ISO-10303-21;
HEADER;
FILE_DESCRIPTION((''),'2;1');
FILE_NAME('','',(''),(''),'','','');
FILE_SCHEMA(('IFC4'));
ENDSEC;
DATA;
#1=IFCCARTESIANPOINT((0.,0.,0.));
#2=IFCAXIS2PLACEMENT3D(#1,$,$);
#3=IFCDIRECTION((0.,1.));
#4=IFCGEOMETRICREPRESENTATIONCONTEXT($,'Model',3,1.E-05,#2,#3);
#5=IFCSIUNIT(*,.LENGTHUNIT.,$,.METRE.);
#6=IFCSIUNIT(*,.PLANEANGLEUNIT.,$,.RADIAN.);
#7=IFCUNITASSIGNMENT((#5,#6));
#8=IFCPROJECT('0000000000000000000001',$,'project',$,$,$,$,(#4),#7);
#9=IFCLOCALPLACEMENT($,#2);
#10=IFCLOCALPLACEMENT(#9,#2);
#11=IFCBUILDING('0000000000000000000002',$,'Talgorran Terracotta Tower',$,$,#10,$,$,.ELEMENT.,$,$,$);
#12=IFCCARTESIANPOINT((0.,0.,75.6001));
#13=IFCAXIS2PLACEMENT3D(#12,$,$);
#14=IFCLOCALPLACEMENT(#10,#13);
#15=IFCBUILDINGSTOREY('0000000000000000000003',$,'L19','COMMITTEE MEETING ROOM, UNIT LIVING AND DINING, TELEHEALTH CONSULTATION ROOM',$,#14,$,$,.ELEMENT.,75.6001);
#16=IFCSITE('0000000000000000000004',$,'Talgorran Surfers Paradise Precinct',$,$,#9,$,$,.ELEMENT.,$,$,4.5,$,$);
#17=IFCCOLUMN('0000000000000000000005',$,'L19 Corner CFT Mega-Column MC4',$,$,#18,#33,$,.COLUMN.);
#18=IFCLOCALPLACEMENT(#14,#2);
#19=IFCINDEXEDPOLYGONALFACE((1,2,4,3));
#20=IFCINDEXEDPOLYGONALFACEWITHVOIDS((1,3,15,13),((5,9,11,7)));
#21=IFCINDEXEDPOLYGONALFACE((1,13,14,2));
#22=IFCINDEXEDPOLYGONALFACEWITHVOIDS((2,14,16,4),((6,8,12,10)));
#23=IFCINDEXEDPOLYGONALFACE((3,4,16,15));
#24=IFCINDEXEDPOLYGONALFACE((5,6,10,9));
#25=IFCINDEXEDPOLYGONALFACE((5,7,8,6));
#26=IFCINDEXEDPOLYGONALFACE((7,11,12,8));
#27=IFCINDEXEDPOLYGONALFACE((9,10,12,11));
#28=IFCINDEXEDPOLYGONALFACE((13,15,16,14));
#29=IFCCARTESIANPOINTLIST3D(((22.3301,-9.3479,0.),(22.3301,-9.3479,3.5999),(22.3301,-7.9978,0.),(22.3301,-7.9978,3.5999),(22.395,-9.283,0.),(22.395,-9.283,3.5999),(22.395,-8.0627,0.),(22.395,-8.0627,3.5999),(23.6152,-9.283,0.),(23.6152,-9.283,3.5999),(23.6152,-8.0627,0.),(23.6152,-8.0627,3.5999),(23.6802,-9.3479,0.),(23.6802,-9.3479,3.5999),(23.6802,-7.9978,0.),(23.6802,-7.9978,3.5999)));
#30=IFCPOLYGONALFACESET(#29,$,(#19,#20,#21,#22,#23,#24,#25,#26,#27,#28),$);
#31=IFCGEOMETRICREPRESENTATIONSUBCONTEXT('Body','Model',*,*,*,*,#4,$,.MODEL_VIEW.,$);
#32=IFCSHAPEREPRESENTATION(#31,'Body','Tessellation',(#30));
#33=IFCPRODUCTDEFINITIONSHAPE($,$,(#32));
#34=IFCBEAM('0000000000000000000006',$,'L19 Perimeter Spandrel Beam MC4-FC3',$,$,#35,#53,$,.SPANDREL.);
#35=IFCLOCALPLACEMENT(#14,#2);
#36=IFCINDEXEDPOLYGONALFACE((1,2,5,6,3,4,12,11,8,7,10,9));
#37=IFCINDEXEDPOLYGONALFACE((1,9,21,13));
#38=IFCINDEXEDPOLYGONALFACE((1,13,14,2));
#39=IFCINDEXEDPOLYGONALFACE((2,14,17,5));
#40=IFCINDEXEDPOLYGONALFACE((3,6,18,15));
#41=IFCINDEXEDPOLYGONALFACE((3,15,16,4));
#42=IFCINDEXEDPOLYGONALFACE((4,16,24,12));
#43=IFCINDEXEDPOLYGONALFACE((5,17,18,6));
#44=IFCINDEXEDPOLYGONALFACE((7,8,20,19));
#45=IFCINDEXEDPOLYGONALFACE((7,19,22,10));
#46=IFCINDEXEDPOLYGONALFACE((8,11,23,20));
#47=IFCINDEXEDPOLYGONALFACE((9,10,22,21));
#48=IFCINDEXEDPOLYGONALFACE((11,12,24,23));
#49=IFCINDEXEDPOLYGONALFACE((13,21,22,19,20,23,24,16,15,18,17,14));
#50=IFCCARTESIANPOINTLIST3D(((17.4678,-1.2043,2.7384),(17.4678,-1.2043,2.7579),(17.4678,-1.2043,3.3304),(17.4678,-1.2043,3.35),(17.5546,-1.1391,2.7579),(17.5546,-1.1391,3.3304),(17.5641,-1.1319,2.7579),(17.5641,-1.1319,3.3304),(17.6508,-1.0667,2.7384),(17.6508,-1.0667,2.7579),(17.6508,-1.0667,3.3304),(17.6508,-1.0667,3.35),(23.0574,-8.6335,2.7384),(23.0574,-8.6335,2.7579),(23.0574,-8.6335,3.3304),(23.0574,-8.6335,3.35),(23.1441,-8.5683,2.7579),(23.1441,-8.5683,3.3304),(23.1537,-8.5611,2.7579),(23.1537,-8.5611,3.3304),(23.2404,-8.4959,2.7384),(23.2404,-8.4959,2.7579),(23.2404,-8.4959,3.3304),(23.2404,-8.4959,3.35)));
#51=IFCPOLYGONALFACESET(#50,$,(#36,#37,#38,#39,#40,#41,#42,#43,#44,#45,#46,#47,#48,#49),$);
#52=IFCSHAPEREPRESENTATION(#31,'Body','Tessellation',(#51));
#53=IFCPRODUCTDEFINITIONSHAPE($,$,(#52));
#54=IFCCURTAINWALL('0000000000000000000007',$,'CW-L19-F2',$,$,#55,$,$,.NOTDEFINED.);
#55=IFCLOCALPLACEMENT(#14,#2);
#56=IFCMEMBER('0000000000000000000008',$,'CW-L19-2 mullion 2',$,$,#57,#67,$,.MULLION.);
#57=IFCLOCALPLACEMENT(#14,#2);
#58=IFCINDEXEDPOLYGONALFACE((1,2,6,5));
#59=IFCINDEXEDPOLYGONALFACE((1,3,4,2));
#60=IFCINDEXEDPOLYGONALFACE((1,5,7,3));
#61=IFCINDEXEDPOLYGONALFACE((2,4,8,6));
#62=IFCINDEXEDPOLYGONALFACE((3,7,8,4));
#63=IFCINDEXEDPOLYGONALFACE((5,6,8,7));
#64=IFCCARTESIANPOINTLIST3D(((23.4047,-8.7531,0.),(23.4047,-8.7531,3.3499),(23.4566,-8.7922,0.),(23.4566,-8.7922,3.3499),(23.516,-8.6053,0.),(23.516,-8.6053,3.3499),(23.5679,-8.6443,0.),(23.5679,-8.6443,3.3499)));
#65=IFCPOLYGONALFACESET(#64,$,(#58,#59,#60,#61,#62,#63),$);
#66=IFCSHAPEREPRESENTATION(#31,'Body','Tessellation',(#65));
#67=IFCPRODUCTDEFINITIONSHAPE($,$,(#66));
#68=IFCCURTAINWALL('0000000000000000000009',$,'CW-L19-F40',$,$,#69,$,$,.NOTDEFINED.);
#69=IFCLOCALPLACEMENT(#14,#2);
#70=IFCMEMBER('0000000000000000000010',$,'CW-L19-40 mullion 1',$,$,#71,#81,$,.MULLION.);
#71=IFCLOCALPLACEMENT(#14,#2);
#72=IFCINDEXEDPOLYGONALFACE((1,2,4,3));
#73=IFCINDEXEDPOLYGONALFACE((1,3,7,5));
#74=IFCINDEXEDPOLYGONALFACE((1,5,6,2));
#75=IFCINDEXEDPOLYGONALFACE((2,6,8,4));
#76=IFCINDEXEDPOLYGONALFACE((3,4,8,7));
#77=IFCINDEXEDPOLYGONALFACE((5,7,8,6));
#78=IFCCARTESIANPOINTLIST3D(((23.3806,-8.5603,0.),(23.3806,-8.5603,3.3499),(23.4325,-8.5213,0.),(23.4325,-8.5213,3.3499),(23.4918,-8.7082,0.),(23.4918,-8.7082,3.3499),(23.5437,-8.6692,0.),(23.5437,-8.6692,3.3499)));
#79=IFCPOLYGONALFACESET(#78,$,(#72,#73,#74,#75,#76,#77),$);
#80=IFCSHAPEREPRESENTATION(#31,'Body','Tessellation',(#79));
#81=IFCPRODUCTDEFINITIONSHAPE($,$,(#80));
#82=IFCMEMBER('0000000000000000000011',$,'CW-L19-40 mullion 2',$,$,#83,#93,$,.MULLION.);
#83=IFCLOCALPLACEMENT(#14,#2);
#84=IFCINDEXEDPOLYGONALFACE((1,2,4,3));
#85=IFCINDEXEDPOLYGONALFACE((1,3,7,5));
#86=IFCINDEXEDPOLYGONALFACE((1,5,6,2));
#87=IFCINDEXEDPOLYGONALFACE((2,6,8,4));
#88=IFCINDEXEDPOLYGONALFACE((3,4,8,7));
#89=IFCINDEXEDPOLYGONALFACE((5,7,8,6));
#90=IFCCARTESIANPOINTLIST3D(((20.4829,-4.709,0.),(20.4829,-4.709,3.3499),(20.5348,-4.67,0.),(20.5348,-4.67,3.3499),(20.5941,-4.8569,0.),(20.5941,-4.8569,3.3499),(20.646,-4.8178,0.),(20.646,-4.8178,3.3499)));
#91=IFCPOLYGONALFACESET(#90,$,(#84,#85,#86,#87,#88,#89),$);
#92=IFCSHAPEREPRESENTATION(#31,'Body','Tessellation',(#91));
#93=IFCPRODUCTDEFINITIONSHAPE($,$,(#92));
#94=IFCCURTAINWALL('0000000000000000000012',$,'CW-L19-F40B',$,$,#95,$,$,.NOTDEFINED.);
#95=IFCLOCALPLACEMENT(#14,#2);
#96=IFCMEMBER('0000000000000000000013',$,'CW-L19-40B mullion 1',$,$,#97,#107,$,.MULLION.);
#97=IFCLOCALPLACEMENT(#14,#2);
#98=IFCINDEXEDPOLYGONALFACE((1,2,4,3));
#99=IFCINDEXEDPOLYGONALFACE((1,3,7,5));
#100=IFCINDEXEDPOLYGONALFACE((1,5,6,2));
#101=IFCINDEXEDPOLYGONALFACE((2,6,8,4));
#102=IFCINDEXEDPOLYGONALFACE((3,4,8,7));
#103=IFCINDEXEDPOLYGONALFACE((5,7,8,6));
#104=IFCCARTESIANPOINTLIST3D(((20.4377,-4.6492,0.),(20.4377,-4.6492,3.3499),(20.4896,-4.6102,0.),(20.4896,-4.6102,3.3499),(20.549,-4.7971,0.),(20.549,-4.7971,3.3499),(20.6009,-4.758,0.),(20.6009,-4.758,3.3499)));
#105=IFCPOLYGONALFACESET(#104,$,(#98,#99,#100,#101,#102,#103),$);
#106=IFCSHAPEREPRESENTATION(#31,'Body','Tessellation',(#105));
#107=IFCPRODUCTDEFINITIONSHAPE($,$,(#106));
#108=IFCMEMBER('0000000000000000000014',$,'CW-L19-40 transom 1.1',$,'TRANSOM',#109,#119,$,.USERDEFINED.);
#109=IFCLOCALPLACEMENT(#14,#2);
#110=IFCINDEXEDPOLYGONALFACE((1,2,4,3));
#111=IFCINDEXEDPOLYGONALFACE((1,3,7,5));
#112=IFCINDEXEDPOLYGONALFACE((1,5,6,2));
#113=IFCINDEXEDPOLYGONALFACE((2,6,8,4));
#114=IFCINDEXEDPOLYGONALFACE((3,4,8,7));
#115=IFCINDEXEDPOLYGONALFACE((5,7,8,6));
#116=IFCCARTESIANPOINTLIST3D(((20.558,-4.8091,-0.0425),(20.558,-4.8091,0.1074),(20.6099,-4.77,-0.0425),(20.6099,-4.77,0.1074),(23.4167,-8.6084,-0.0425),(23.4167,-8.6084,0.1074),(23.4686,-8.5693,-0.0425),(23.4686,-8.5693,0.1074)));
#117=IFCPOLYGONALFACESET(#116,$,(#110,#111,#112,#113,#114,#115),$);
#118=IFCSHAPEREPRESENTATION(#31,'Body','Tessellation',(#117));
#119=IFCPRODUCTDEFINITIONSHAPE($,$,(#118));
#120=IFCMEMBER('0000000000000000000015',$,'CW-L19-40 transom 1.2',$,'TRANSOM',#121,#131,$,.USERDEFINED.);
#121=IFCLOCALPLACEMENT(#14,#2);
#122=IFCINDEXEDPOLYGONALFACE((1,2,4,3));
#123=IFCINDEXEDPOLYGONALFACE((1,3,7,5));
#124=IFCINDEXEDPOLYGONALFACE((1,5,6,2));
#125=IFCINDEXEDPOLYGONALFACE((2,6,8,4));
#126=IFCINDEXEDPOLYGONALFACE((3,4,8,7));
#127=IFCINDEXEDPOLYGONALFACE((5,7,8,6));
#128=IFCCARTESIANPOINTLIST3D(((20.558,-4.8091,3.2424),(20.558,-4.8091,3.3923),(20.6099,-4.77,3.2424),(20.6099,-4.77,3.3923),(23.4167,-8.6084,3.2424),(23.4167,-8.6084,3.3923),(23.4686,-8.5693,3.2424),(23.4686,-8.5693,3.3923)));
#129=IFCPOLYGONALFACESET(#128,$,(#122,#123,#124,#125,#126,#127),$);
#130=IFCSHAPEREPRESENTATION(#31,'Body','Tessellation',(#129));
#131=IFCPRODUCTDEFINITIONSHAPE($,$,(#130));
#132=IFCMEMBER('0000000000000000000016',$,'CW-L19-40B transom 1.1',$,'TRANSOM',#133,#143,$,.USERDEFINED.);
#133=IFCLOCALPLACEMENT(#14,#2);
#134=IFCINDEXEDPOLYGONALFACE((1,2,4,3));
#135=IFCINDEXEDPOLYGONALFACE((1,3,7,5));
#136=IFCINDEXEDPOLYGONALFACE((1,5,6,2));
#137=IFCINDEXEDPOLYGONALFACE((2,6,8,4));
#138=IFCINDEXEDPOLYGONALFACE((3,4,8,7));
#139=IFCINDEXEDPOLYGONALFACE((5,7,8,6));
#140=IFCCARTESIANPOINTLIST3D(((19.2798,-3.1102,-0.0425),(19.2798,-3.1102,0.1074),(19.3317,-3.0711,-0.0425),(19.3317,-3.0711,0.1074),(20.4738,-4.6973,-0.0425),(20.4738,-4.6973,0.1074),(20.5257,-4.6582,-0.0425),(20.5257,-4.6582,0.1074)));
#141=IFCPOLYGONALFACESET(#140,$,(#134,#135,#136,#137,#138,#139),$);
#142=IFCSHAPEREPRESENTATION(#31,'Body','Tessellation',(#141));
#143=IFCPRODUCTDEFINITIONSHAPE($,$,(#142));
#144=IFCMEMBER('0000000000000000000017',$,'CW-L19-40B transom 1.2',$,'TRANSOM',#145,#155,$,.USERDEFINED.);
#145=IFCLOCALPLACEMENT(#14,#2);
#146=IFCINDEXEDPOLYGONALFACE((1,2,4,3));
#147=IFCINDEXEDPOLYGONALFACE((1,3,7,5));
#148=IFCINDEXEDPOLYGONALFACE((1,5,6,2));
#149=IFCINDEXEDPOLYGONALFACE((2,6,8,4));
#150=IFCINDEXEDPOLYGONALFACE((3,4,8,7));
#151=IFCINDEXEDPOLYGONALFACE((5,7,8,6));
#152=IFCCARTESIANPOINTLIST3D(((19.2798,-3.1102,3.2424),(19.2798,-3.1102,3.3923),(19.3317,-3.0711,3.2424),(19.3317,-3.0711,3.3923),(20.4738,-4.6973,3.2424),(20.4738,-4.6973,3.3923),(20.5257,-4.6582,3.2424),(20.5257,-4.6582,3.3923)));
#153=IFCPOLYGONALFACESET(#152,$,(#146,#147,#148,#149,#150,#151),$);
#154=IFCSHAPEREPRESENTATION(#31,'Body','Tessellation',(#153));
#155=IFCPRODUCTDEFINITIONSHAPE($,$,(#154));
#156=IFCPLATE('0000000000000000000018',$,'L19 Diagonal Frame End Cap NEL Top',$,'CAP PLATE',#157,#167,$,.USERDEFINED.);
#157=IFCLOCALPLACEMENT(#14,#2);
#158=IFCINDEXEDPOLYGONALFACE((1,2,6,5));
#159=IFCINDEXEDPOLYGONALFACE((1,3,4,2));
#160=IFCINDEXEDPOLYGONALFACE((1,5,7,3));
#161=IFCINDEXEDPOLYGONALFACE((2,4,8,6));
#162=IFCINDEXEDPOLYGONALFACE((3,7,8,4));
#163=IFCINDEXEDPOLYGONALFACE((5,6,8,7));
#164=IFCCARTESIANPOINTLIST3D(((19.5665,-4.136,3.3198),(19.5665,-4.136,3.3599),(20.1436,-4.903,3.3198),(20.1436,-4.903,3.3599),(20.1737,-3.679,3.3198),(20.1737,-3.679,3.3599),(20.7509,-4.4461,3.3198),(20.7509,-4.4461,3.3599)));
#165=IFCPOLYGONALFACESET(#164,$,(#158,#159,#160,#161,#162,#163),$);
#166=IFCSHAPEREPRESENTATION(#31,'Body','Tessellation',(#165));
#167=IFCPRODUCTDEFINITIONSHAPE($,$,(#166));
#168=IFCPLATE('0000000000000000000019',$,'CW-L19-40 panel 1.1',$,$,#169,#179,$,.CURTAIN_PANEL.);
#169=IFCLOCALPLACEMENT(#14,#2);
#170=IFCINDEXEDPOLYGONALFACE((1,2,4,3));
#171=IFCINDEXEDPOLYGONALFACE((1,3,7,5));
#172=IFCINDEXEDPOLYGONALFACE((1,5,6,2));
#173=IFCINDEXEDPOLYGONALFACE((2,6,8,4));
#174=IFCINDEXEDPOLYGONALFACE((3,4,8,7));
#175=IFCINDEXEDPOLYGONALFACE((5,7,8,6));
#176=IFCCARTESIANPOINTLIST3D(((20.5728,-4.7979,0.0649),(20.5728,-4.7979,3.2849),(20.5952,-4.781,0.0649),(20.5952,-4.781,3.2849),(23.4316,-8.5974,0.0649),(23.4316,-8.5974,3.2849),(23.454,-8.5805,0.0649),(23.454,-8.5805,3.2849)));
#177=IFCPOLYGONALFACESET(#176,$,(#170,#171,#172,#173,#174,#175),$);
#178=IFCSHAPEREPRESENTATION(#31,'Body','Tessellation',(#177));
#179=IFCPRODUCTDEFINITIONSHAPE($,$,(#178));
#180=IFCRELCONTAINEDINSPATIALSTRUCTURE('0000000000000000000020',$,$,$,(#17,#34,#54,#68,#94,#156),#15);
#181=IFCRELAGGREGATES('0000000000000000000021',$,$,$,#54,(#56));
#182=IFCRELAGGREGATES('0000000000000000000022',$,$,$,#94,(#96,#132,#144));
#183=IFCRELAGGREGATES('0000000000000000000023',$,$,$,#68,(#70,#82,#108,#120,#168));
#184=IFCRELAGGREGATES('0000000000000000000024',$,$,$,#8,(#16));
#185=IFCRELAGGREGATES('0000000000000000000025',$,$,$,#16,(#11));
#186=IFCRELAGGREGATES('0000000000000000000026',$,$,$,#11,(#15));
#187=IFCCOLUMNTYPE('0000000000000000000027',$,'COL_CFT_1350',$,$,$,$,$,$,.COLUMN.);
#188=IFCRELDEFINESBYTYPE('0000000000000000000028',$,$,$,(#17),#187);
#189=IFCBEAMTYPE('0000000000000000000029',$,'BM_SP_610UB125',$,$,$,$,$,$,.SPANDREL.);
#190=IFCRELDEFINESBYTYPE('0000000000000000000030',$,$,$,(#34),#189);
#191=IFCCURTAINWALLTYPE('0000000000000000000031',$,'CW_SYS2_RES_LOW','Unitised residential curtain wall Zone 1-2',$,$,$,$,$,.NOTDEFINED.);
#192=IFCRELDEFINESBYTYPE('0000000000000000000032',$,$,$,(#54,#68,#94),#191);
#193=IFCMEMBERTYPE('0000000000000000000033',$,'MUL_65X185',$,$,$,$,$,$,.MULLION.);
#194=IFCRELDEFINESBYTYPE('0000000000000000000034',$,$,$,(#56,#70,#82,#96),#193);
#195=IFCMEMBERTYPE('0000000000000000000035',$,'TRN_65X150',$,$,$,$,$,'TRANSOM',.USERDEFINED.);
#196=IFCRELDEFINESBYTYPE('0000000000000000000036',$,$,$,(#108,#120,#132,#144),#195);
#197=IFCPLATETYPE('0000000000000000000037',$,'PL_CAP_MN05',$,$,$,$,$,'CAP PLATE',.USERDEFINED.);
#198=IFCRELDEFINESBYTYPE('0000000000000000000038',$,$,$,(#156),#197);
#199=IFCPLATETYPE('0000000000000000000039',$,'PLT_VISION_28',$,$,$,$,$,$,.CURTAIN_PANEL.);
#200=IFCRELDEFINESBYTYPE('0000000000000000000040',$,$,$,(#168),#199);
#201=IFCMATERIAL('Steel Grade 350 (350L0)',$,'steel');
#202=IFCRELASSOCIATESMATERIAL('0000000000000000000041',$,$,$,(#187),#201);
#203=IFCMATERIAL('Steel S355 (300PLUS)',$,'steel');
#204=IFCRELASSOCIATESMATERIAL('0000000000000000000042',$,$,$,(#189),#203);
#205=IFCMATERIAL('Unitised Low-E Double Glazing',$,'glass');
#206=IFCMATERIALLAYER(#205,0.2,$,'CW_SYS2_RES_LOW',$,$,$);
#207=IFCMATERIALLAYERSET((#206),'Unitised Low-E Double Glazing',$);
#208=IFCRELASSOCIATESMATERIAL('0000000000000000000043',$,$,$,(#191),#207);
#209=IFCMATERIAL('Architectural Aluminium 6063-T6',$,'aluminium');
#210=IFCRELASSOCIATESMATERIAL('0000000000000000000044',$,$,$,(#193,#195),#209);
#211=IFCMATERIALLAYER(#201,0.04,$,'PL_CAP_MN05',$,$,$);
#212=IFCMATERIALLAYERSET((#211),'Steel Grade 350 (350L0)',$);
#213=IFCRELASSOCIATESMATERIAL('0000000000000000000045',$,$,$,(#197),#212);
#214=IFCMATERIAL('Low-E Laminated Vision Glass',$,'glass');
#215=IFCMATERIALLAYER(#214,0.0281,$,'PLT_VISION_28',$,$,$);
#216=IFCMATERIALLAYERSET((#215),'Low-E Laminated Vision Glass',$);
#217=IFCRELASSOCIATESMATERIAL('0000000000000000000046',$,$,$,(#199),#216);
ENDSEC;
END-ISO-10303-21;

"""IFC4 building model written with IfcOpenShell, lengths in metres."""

from ifc_helpers import new_model, si_unit, direction, frame, origin, origin_2d, place, context, subcontext, project, spatial, rectangle, hollow_rectangle, i_section, extrude, source, transform, mapped, material, layer, layer_set, material_profile, profile_set, type_object, type_shapes, element, aggregate, save


model = new_model("IFC4")

# Units and contexts
model_context = context("Model", 3, precision=1e-05, world=origin(), true_north=direction((0.0, 1.0)))
body_context = subcontext(model_context, "Body", "Model", "MODEL_VIEW")
ifc_project = project(units=[si_unit("LENGTHUNIT", "METRE"), si_unit("PLANEANGLEUNIT", "RADIAN")], contexts=[model_context])

# Site, building, storey
site_placement = place(None, origin())
site = spatial("IfcSite", under=ifc_project, at=site_placement, Name="Talgorran Surfers Paradise Precinct", CompositionType="ELEMENT", RefElevation=4.5)
building_placement = place(site_placement, origin())
building = spatial("IfcBuilding", under=site, at=building_placement, Name="Talgorran Terracotta Tower", CompositionType="ELEMENT")
storey_placement = place(building_placement, frame((0.0, 0.0, 75.6001)))
storey = spatial("IfcBuildingStorey", under=building, at=storey_placement, Name="L19", Description="COMMITTEE MEETING ROOM, UNIT LIVING AND DINING, TELEHEALTH CONSULTATION ROOM", CompositionType="ELEMENT", Elevation=75.6001)

# Column
ifc_material_1 = material(Name="Steel Grade 350 (350L0)", Category="steel")
ifc_material_profile_1 = material_profile(ifc_material_1, hollow_rectangle(XDim=1.3501, YDim=1.3501, WallThickness=0.0649, at=origin_2d()), Name="CFT1350X1350X65")
ifc_profile_set_1 = profile_set([ifc_material_profile_1], Name="Steel Grade 350 (350L0)")
column_type = type_object("IfcColumnType", Name="COL_CFT_1350", PredefinedType="COLUMN", material=ifc_profile_set_1)
column_placement = place(storey_placement, frame((23.0051, -8.6729, 0.0), z_axis=(0.0, 0.0, 1.0), x_axis=(1.0, 0.0, 0.0)))
element("IfcColumn", 1, at=column_placement, inside=storey, type_object=column_type, Name="L19 Corner CFT Mega-Column MC4", PredefinedType="COLUMN", context=body_context, shape_type="SweptSolid", body=[
    extrude(hollow_rectangle(XDim=1.3501, YDim=1.3501, WallThickness=0.0649, at=origin_2d()), origin(), (0.0, 0.0, 1.0), 3.5999),
])

# Beam
ifc_material_2 = material(Name="Steel S355 (300PLUS)", Category="steel")
ifc_material_profile_2 = material_profile(ifc_material_2, i_section(OverallWidth=0.229, OverallDepth=0.6116, WebThickness=0.012, FlangeThickness=0.0195, at=origin_2d()), Name="610UB125")
ifc_profile_set_2 = profile_set([ifc_material_profile_2], Name="Steel S355 (300PLUS)")
beam_type = type_object("IfcBeamType", Name="BM_SP_610UB125", PredefinedType="SPANDREL", material=ifc_profile_set_2)
beam_placement = place(storey_placement, frame((23.1489, -8.5647, 3.0442), z_axis=(-0.601218, 0.799085, 0.0), x_axis=(-0.799085, -0.601218, 0.0)))
element("IfcBeam", 2, at=beam_placement, inside=storey, type_object=beam_type, Name="L19 Perimeter Spandrel Beam MC4-FC3", PredefinedType="SPANDREL", context=body_context, shape_type="SweptSolid", body=[
    extrude(i_section(OverallWidth=0.229, OverallDepth=0.6116, WebThickness=0.012, FlangeThickness=0.0195, at=origin_2d()), origin(), (0.0, 0.0, 1.0), 9.2971),
])

# Curtain wall, member
ifc_material_3 = material(Name="Unitised Low-E Double Glazing", Category="glass")
ifc_layer_1 = layer(ifc_material_3, 0.2, Name="CW_SYS2_RES_LOW")
ifc_layer_set_1 = layer_set([ifc_layer_1], Name="Unitised Low-E Double Glazing")
curtain_wall_type = type_object("IfcCurtainWallType", Name="CW_SYS2_RES_LOW", Description="Unitised residential curtain wall Zone 1-2", PredefinedType="NOTDEFINED", material=ifc_layer_set_1)
curtain_wall_1_placement = place(storey_placement, origin())
curtain_wall_1 = element("IfcCurtainWall", 3, at=curtain_wall_1_placement, inside=storey, type_object=curtain_wall_type, Name="CW-L19-F2", PredefinedType="NOTDEFINED")
ifc_material_4 = material(Name="Architectural Aluminium 6063-T6", Category="aluminium")
ifc_material_profile_3 = material_profile(ifc_material_4, rectangle(XDim=0.0649, YDim=0.1851, at=origin_2d()), Name="CWM65X185")
ifc_profile_set_3 = profile_set([ifc_material_profile_3], Name="Architectural Aluminium 6063-T6")
member_type_1 = type_object("IfcMemberType", Name="MUL_65X185", PredefinedType="MULLION", material=ifc_profile_set_3)
member_1_placement = place(storey_placement, frame((23.4863, -8.6987, 0.0), z_axis=(0.0, 0.0, 1.0), x_axis=(-0.799067, 0.601243, 0.0)))
member_1 = element("IfcMember", 4, at=member_1_placement, type_object=member_type_1, Name="CW-L19-2 mullion 2", PredefinedType="MULLION", context=body_context, shape_type="SweptSolid", body=[
    extrude(rectangle(XDim=0.0649, YDim=0.1851, at=origin_2d()), origin(), (0.0, 0.0, 1.0), 3.3499),
])
aggregate(curtain_wall_1, [member_1])

# Curtain wall, members
curtain_wall_2_placement = place(storey_placement, origin())
curtain_wall_2 = element("IfcCurtainWall", 5, at=curtain_wall_2_placement, inside=storey, type_object=curtain_wall_type, Name="CW-L19-F40", PredefinedType="NOTDEFINED")
member_2_placement = place(storey_placement, frame((23.4622, -8.6147, 0.0), z_axis=(0.0, 0.0, 1.0), x_axis=(-0.799073, -0.601234, 0.0)))
member_2 = element("IfcMember", 6, at=member_2_placement, type_object=member_type_1, Name="CW-L19-40 mullion 1", PredefinedType="MULLION", context=body_context, shape_type="SweptSolid", body=[
    extrude(rectangle(XDim=0.0649, YDim=0.1851, at=origin_2d()), origin(), (0.0, 0.0, 1.0), 3.3499),
])
member_3_placement = place(storey_placement, frame((20.5645, -4.7634, 0.0), z_axis=(0.0, 0.0, 1.0), x_axis=(-0.799073, -0.601234, 0.0)))
member_3 = element("IfcMember", 7, at=member_3_placement, type_object=member_type_1, Name="CW-L19-40 mullion 2", PredefinedType="MULLION", context=body_context, shape_type="SweptSolid", body=[
    extrude(rectangle(XDim=0.0649, YDim=0.1851, at=origin_2d()), origin(), (0.0, 0.0, 1.0), 3.3499),
])

# Curtain wall, member
curtain_wall_3_placement = place(storey_placement, origin())
curtain_wall_3 = element("IfcCurtainWall", 8, at=curtain_wall_3_placement, inside=storey, type_object=curtain_wall_type, Name="CW-L19-F40B", PredefinedType="NOTDEFINED")
member_4_placement = place(storey_placement, frame((20.5193, -4.7036, 0.0), z_axis=(0.0, 0.0, 1.0), x_axis=(-0.799063, -0.601247, 0.0)))
member_4 = element("IfcMember", 9, at=member_4_placement, type_object=member_type_1, Name="CW-L19-40B mullion 1", PredefinedType="MULLION", context=body_context, shape_type="SweptSolid", body=[
    extrude(rectangle(XDim=0.0649, YDim=0.1851, at=origin_2d()), origin(), (0.0, 0.0, 1.0), 3.3499),
])

# Members
ifc_material_profile_4 = material_profile(ifc_material_4, rectangle(XDim=0.0649, YDim=0.1499, at=origin_2d()), Name="CWT65X150")
ifc_profile_set_4 = profile_set([ifc_material_profile_4], Name="Architectural Aluminium 6063-T6")
member_type_2 = type_object("IfcMemberType", Name="TRN_65X150", ElementType="TRANSOM", PredefinedType="USERDEFINED", material=ifc_profile_set_4)
member_5_placement = place(storey_placement, frame((23.4426, -8.5889, 0.0325), z_axis=(-0.601232, 0.799075, 0.0), x_axis=(-0.799075, -0.601232, 0.0)))
member_5 = element("IfcMember", 10, at=member_5_placement, type_object=member_type_2, Name="CW-L19-40 transom 1.1", ObjectType="TRANSOM", PredefinedType="USERDEFINED", context=body_context, shape_type="SweptSolid", body=[
    extrude(rectangle(XDim=0.0649, YDim=0.1499, at=origin_2d()), origin(), (0.0, 0.0, 1.0), 4.7546),
])
member_6_placement = place(storey_placement, frame((23.4426, -8.5889, 3.3174), z_axis=(-0.601232, 0.799075, 0.0), x_axis=(-0.799075, -0.601232, 0.0)))
member_6 = element("IfcMember", 11, at=member_6_placement, type_object=member_type_2, Name="CW-L19-40 transom 1.2", ObjectType="TRANSOM", PredefinedType="USERDEFINED", context=body_context, shape_type="SweptSolid", body=[
    extrude(rectangle(XDim=0.0649, YDim=0.1499, at=origin_2d()), origin(), (0.0, 0.0, 1.0), 4.7546),
])
member_7_placement = place(storey_placement, frame((20.4998, -4.6777, 0.0325), z_axis=(-0.601199, 0.799099, 0.0), x_axis=(-0.799099, -0.601199, 0.0)))
member_7 = element("IfcMember", 12, at=member_7_placement, type_object=member_type_2, Name="CW-L19-40B transom 1.1", ObjectType="TRANSOM", PredefinedType="USERDEFINED", context=body_context, shape_type="SweptSolid", body=[
    extrude(rectangle(XDim=0.0649, YDim=0.1499, at=origin_2d()), origin(), (0.0, 0.0, 1.0), 1.9861),
])
member_8_placement = place(storey_placement, frame((20.4998, -4.6777, 3.3174), z_axis=(-0.601199, 0.799099, 0.0), x_axis=(-0.799099, -0.601199, 0.0)))
member_8 = element("IfcMember", 13, at=member_8_placement, type_object=member_type_2, Name="CW-L19-40B transom 1.2", ObjectType="TRANSOM", PredefinedType="USERDEFINED", context=body_context, shape_type="SweptSolid", body=[
    extrude(rectangle(XDim=0.0649, YDim=0.1499, at=origin_2d()), origin(), (0.0, 0.0, 1.0), 1.9861),
])
aggregate(curtain_wall_3, [member_4, member_7, member_8])

# Plates
ifc_layer_2 = layer(ifc_material_1, 0.04, Name="PL_CAP_MN05")
ifc_layer_set_2 = layer_set([ifc_layer_2], Name="Steel Grade 350 (350L0)")
plate_type_1 = type_object("IfcPlateType", Name="PL_CAP_MN05", ElementType="CAP PLATE", PredefinedType="USERDEFINED", material=ifc_layer_set_2)
plate_1_placement = place(storey_placement, frame((20.1587, -4.291, 3.3198), z_axis=(0.0, 0.0, 1.0), x_axis=(0.601257, -0.799055, 0.0)))
element("IfcPlate", 14, at=plate_1_placement, inside=storey, type_object=plate_type_1, Name="L19 Diagonal Frame End Cap NEL Top", ObjectType="CAP PLATE", PredefinedType="USERDEFINED", context=body_context, shape_type="SweptSolid", body=[
    extrude(rectangle(XDim=0.96, YDim=0.76, at=origin_2d()), origin(), (0.0, 0.0, 1.0), 0.04),
])
ifc_material_5 = material(Name="Low-E Laminated Vision Glass", Category="glass")
ifc_layer_3 = layer(ifc_material_5, 0.0281, Name="PLT_VISION_28")
ifc_layer_set_3 = layer_set([ifc_layer_3], Name="Low-E Laminated Vision Glass")
plate_type_2 = type_object("IfcPlateType", Name="PLT_VISION_28", PredefinedType="CURTAIN_PANEL", material=ifc_layer_set_3)
shared_shape = source(origin(), body_context, "Body", "SweptSolid", [
    extrude(rectangle(XDim=4.7549, YDim=0.0281, at=origin_2d()), origin(), (0.0, 0.0, 1.0), 3.22),
])
type_shapes(plate_type_2, [shared_shape])
plate_2_placement = place(storey_placement, frame((22.0134, -6.6892, 0.0649), z_axis=(0.0, 0.0, 1.0), x_axis=(-0.601234, 0.799073, 0.0)))
plate_2 = element("IfcPlate", 15, at=plate_2_placement, type_object=plate_type_2, Name="CW-L19-40 panel 1.1", PredefinedType="CURTAIN_PANEL", context=body_context, shape_type="MappedRepresentation", body=[
    mapped(shared_shape, transform((0.0, 0.0, 0.0), scale=1.0)),
])
aggregate(curtain_wall_2, [member_2, member_3, member_5, member_6, plate_2])

save(model, "model.ifc")
